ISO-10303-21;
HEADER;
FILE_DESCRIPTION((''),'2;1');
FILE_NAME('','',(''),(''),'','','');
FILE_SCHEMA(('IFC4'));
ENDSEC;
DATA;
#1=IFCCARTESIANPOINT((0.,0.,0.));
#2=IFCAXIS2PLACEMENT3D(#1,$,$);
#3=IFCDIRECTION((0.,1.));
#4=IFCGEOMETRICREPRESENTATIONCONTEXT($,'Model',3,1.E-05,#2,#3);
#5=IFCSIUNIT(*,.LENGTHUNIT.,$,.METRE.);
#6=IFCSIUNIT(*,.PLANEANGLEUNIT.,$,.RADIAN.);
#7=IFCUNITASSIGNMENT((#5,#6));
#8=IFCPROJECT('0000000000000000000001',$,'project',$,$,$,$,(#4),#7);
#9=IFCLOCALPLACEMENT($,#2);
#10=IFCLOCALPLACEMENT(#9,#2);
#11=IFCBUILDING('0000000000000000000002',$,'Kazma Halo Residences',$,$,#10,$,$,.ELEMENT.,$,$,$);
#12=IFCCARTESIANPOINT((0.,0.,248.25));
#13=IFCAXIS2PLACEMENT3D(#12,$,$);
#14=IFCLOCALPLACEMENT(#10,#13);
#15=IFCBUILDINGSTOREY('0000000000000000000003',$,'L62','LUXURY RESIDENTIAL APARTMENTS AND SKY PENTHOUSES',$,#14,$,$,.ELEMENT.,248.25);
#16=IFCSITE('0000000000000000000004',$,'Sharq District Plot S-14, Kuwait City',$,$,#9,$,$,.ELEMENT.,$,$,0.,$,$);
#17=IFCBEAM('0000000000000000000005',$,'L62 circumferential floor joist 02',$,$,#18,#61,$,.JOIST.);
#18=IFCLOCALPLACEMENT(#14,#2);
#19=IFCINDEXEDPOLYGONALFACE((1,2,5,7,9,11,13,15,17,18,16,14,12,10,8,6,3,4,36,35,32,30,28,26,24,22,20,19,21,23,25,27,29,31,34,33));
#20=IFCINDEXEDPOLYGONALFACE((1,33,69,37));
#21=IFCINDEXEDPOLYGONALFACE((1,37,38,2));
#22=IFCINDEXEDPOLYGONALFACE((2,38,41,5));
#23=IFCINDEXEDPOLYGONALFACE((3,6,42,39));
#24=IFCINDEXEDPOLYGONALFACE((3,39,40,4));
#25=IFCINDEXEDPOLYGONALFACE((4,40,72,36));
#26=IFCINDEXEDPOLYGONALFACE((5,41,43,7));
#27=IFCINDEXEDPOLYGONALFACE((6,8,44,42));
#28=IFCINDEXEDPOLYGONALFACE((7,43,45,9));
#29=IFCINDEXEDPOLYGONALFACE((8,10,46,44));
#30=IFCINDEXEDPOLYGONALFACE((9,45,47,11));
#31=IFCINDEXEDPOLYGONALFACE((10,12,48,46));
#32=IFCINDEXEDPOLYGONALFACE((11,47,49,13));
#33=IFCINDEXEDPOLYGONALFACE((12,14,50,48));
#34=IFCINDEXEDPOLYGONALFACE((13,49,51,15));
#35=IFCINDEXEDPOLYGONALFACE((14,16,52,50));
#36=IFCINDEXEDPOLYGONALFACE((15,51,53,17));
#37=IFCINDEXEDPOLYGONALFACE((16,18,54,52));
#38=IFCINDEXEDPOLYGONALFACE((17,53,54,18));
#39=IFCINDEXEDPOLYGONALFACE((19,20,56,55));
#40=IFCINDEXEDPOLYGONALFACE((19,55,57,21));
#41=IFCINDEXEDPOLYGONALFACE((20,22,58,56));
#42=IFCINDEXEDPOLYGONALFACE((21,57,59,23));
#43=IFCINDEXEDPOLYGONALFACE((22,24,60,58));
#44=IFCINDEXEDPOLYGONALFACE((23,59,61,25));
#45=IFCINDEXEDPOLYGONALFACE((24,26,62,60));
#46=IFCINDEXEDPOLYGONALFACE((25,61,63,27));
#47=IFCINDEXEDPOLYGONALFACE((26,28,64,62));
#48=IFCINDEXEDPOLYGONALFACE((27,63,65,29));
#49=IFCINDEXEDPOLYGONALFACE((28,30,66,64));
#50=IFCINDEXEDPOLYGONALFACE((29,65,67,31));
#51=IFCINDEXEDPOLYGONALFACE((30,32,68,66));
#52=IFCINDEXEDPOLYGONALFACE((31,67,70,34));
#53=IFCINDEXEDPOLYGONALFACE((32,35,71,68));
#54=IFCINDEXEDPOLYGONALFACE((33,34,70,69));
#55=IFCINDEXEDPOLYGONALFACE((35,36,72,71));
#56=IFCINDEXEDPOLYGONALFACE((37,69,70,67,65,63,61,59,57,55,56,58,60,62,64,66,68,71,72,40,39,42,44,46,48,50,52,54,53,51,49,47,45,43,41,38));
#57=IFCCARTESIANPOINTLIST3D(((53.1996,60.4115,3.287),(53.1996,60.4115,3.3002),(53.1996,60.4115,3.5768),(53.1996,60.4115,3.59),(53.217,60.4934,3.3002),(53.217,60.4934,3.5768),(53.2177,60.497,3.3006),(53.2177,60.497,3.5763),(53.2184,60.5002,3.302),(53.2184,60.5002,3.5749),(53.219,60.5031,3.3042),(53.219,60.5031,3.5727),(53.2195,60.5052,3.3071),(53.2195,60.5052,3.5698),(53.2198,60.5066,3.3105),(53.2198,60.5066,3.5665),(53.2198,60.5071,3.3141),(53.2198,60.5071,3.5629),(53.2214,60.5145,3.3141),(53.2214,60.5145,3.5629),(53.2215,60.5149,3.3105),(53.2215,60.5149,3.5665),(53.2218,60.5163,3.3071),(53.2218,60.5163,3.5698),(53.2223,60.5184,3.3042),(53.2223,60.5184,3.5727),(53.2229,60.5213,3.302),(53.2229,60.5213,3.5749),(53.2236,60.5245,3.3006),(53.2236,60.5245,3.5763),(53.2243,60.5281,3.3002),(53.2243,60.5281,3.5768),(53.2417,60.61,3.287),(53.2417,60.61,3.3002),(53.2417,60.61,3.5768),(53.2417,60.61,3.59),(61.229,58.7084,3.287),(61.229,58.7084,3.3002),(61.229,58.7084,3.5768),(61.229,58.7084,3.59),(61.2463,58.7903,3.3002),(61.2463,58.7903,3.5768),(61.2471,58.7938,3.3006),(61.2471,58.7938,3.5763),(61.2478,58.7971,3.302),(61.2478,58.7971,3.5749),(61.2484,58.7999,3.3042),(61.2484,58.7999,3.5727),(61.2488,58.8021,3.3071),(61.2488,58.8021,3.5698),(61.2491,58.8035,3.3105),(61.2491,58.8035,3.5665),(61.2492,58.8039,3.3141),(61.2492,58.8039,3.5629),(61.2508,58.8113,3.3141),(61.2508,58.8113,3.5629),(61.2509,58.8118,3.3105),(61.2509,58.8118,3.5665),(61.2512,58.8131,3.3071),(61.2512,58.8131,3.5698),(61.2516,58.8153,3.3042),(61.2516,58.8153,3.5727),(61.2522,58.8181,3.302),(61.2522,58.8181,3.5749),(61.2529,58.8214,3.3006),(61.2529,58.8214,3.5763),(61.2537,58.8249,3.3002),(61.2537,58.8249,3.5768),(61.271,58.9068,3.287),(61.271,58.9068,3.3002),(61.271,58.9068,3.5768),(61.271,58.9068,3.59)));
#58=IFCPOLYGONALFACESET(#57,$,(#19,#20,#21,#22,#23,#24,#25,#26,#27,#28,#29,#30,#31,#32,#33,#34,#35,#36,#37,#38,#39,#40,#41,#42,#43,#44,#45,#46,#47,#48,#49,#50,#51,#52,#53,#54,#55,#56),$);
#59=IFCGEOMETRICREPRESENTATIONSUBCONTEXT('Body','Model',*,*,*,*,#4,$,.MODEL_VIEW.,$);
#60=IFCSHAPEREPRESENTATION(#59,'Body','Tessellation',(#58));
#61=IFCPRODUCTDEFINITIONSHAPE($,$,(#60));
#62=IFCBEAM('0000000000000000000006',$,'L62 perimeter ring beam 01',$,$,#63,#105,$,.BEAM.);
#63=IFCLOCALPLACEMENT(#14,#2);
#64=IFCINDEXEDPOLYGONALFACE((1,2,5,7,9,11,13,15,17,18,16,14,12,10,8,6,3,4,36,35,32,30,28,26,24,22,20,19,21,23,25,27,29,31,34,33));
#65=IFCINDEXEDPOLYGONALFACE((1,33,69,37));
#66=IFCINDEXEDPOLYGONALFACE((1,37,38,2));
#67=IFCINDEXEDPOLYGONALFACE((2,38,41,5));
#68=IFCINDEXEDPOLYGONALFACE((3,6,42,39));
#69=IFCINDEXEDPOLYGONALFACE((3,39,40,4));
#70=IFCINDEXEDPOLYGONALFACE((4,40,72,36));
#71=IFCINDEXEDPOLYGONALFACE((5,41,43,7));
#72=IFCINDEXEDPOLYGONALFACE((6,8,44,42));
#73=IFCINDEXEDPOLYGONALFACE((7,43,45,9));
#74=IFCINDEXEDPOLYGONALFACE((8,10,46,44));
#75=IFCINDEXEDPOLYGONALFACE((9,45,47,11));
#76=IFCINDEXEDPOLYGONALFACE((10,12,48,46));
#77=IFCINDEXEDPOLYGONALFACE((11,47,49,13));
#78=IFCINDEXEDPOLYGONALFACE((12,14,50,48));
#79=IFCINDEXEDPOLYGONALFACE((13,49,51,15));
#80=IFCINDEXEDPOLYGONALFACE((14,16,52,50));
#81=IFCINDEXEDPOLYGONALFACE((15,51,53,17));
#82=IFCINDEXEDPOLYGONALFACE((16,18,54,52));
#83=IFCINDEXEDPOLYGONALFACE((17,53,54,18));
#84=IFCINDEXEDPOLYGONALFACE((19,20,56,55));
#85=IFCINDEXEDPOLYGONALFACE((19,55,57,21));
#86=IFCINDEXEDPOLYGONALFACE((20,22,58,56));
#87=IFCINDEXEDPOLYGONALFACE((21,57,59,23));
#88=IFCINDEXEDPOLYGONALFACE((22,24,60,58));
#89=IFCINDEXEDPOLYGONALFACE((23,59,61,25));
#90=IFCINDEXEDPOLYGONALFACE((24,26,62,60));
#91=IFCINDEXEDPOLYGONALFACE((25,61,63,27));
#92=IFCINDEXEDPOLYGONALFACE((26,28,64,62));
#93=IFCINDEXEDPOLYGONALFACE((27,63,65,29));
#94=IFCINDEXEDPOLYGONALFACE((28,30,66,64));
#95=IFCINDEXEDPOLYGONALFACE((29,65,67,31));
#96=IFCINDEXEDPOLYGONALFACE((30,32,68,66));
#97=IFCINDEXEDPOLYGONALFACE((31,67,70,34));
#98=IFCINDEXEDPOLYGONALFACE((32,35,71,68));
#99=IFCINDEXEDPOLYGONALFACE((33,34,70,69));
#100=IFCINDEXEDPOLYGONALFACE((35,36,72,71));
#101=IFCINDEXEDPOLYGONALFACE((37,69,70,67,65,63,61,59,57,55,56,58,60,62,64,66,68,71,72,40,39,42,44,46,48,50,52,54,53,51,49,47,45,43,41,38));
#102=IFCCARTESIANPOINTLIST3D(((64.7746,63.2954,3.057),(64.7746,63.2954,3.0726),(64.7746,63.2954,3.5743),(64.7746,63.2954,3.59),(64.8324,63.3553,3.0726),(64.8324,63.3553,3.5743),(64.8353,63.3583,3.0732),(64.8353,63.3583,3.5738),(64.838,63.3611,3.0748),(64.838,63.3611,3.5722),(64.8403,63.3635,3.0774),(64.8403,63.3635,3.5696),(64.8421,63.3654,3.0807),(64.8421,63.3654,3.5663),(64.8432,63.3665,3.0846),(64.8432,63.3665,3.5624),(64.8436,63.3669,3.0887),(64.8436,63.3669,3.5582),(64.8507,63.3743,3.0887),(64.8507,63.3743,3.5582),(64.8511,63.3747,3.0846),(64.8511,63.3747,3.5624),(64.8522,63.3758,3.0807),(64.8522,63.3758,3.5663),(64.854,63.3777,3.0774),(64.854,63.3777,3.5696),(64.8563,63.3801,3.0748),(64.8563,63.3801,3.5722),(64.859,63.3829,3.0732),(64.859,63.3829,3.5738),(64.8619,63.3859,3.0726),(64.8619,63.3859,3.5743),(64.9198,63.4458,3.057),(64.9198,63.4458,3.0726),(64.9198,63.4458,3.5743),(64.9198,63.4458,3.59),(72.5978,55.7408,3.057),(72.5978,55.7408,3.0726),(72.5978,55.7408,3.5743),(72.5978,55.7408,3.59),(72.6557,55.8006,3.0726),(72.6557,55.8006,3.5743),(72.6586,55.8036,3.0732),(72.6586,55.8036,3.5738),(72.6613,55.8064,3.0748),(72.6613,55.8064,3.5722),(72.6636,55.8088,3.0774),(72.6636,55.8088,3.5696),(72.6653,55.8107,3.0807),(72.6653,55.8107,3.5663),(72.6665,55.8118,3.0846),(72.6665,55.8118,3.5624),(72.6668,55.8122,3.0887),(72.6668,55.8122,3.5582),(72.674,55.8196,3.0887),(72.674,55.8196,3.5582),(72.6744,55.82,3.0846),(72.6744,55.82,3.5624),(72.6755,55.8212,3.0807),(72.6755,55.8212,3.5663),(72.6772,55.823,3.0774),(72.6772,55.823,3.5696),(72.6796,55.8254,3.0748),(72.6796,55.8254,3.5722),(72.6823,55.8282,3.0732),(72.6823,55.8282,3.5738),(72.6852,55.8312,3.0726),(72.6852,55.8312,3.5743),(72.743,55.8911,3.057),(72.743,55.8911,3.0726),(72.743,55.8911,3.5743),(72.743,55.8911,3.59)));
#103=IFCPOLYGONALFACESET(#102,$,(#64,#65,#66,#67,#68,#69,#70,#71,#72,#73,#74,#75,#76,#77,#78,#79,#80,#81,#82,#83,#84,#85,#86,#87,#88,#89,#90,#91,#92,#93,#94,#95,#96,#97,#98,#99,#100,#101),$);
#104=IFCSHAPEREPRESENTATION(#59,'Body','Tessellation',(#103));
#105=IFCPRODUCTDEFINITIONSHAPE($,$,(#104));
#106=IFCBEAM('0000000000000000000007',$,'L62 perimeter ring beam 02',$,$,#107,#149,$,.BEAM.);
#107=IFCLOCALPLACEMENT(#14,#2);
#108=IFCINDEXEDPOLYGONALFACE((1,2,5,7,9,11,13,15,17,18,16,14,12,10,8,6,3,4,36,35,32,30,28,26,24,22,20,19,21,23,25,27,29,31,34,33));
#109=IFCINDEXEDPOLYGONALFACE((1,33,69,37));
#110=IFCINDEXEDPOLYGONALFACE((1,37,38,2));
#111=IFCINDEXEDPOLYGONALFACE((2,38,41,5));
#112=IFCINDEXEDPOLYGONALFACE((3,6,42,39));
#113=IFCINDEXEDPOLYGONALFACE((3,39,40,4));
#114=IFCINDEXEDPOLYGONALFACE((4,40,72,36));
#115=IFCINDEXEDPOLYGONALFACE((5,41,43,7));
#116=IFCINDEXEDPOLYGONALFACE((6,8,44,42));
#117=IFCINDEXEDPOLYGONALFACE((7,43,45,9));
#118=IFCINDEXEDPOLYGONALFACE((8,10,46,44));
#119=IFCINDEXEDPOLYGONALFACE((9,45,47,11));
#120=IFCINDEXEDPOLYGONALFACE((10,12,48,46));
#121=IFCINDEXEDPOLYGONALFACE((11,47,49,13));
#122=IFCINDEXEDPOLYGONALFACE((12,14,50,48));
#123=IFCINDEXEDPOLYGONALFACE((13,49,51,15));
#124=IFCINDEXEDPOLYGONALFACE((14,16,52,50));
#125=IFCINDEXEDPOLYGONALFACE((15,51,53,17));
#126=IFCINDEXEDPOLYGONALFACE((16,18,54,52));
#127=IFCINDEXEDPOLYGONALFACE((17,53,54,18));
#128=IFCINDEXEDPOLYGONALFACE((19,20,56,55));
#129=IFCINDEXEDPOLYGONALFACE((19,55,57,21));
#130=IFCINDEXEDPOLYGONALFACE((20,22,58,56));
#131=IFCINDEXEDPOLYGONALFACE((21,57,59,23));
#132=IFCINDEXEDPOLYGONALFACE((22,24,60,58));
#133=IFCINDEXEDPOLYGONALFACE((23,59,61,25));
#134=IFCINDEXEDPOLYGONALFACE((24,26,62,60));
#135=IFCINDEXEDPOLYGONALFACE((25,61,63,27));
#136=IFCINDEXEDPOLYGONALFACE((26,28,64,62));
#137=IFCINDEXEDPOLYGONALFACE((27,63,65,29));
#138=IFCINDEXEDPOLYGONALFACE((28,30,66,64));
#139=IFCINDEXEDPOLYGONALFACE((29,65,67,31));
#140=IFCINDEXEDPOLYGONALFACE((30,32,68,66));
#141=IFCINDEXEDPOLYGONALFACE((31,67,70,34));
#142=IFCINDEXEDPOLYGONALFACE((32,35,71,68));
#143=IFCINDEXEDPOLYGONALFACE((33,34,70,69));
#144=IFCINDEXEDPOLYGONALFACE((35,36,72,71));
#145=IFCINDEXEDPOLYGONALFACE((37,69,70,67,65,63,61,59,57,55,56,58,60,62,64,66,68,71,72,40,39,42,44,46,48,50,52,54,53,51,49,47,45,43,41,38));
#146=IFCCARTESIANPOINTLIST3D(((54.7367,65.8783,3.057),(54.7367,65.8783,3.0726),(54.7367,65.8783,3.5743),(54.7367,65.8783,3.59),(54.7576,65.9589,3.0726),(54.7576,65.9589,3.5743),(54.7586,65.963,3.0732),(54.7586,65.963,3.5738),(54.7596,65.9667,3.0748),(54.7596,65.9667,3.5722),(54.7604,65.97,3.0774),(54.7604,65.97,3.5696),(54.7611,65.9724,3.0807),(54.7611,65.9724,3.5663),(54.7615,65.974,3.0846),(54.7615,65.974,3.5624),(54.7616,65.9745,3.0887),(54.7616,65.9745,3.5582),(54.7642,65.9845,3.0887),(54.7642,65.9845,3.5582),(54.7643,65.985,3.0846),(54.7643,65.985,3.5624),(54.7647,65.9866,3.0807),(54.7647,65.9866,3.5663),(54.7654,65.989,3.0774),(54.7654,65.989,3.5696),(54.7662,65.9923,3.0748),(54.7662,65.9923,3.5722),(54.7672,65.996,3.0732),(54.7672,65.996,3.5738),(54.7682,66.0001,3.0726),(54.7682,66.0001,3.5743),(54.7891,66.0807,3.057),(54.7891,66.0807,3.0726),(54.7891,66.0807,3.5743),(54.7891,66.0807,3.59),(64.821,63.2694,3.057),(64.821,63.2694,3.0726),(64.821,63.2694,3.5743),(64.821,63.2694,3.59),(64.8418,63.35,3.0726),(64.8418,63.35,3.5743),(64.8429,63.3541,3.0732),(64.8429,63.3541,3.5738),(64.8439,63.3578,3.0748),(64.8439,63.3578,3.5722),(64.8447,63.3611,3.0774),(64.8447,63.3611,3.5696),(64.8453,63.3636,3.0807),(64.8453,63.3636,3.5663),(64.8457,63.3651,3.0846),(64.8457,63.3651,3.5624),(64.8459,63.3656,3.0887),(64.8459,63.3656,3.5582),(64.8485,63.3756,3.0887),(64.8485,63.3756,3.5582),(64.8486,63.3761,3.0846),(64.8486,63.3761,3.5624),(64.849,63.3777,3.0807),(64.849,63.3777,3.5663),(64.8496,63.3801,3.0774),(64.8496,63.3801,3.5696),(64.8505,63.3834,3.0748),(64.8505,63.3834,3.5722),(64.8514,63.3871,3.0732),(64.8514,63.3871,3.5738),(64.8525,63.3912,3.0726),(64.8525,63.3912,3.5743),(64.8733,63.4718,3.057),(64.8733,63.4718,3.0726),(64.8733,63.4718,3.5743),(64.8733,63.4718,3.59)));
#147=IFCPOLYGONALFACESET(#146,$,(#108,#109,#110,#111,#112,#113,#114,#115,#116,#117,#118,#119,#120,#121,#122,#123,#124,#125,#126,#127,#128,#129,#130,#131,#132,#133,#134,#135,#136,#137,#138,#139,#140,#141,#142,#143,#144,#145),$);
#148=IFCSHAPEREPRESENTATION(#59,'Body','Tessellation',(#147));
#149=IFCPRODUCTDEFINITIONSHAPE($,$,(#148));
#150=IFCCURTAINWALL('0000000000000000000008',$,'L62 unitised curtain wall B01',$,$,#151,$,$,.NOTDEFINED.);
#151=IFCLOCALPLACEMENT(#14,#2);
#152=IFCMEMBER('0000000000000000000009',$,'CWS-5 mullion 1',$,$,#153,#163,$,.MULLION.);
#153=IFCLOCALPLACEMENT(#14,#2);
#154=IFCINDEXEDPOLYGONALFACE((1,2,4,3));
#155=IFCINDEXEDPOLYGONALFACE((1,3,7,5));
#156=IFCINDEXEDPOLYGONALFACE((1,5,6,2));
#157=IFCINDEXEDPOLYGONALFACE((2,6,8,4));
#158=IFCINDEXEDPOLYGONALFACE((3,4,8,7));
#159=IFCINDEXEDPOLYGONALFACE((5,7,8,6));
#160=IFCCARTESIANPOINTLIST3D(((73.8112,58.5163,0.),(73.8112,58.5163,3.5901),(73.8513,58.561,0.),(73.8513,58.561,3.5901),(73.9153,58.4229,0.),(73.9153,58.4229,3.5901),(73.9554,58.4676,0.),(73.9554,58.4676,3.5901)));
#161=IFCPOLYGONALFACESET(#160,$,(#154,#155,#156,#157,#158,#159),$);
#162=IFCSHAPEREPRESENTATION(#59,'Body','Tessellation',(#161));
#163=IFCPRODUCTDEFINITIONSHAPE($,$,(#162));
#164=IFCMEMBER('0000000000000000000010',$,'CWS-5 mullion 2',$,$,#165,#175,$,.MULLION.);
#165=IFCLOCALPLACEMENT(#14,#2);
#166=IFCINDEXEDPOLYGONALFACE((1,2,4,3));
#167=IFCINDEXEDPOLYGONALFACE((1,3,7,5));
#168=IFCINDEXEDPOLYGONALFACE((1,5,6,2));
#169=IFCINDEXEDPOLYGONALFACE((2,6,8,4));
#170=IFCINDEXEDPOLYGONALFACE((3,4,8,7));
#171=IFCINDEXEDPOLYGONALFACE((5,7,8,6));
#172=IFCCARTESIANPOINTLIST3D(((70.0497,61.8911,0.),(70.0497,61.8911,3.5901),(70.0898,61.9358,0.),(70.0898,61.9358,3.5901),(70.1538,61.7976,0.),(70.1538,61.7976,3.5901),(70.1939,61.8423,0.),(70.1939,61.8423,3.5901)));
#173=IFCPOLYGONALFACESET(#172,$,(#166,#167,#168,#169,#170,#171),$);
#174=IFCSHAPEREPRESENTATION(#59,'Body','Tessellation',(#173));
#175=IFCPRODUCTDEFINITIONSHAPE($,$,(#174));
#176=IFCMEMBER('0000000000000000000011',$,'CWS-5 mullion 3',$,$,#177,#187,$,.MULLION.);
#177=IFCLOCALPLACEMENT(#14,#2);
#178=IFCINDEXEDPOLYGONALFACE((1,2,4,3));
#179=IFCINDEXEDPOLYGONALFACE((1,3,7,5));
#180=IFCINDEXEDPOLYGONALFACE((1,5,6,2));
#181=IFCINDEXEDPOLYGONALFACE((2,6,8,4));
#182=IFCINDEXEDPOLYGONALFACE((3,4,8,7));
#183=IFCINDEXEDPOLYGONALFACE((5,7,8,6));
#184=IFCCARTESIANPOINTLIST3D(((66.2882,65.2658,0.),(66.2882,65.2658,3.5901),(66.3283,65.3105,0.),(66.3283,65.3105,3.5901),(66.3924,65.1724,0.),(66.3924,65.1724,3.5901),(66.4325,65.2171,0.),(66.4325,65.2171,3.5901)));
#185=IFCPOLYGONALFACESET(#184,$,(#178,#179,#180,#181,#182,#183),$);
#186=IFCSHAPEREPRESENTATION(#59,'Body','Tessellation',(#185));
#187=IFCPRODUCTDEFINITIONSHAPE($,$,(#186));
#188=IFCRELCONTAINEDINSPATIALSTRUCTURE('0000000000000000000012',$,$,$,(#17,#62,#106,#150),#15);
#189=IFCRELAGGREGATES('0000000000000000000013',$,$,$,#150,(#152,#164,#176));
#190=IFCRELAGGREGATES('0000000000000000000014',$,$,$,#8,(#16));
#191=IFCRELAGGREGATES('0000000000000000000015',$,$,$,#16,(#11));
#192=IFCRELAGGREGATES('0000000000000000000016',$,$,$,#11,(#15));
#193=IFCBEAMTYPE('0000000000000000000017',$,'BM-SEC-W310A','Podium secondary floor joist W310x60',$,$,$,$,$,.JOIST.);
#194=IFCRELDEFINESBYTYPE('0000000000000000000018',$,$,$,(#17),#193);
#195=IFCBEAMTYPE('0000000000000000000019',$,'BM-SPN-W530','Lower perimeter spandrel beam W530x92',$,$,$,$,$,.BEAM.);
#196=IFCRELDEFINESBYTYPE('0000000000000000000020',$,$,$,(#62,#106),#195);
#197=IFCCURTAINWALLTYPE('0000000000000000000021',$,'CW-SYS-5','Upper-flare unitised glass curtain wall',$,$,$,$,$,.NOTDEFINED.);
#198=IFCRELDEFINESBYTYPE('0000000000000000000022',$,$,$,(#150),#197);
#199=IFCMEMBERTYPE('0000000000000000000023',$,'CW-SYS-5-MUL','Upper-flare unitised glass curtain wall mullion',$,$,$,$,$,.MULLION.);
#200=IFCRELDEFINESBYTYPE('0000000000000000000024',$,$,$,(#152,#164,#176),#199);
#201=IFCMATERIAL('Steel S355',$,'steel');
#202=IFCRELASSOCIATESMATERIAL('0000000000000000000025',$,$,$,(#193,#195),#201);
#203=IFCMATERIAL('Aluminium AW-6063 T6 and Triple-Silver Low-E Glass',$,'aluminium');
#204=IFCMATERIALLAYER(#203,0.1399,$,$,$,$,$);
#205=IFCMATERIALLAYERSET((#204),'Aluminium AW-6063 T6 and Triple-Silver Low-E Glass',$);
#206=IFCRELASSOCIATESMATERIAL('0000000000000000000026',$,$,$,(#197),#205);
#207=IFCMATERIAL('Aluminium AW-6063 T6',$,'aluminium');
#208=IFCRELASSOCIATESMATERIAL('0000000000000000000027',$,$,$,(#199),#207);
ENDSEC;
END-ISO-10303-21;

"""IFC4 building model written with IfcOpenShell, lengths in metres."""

from ifc_helpers import new_model, si_unit, direction, frame, origin, origin_2d, place, context, subcontext, project, spatial, rectangle, i_section, extrude, material, layer, layer_set, material_profile, profile_set, type_object, element, aggregate, save


model = new_model("IFC4")

# Units and contexts
model_context = context("Model", 3, precision=1e-05, world=origin(), true_north=direction((0.0, 1.0)))
body_context = subcontext(model_context, "Body", "Model", "MODEL_VIEW")
ifc_project = project(units=[si_unit("LENGTHUNIT", "METRE"), si_unit("PLANEANGLEUNIT", "RADIAN")], contexts=[model_context])

# Site, building, storey
site_placement = place(None, origin())
site = spatial("IfcSite", under=ifc_project, at=site_placement, Name="Sharq District Plot S-14, Kuwait City", CompositionType="ELEMENT", RefElevation=0.0)
building_placement = place(site_placement, origin())
building = spatial("IfcBuilding", under=site, at=building_placement, Name="Kazma Halo Residences", CompositionType="ELEMENT")
storey_placement = place(building_placement, frame((0.0, 0.0, 248.25)))
storey = spatial("IfcBuildingStorey", under=building, at=storey_placement, Name="L62", Description="LUXURY RESIDENTIAL APARTMENTS AND SKY PENTHOUSES", CompositionType="ELEMENT", Elevation=248.25)

# Beams
ifc_material_1 = material(Name="Steel S355", Category="steel")
ifc_material_profile_1 = material_profile(ifc_material_1, i_section(OverallWidth=0.2029, OverallDepth=0.303, WebThickness=0.0076, FlangeThickness=0.0132, FilletRadius=0.0139, at=origin_2d()), Name="W310x60")
ifc_profile_set_1 = profile_set([ifc_material_profile_1], Name="Steel S355")
beam_type_1 = type_object("IfcBeamType", Name="BM-SEC-W310A", Description="Podium secondary floor joist W310x60", PredefinedType="JOIST", material=ifc_profile_set_1)
beam_1_placement = place(storey_placement, frame((61.25, 58.8076, 3.4385), z_axis=(-0.978236, 0.207497, 0.0), x_axis=(-0.207497, -0.978236, 0.0)))
element("IfcBeam", 1, at=beam_1_placement, inside=storey, type_object=beam_type_1, Name="L62 circumferential floor joist 02", PredefinedType="JOIST", context=body_context, shape_type="SweptSolid", body=[
    extrude(i_section(OverallWidth=0.2029, OverallDepth=0.303, WebThickness=0.0076, FlangeThickness=0.0132, FilletRadius=0.0139, at=origin_2d()), origin(), (0.0, 0.0, 1.0), 8.208),
])
ifc_material_profile_2 = material_profile(ifc_material_1, i_section(OverallWidth=0.209, OverallDepth=0.533, WebThickness=0.0103, FlangeThickness=0.0156, FilletRadius=0.0161, at=origin_2d()), Name="W530x92")
ifc_profile_set_2 = profile_set([ifc_material_profile_2], Name="Steel S355")
beam_type_2 = type_object("IfcBeamType", Name="BM-SPN-W530", Description="Lower perimeter spandrel beam W530x92", PredefinedType="BEAM", material=ifc_profile_set_2)
beam_2_placement = place(storey_placement, frame((72.6704, 55.8159, 3.3235), z_axis=(-0.719346, 0.694652, 0.0), x_axis=(-0.694652, -0.719346, 0.0)))
element("IfcBeam", 2, at=beam_2_placement, inside=storey, type_object=beam_type_2, Name="L62 perimeter ring beam 01", PredefinedType="BEAM", context=body_context, shape_type="SweptSolid", body=[
    extrude(i_section(OverallWidth=0.209, OverallDepth=0.533, WebThickness=0.0103, FlangeThickness=0.0156, FilletRadius=0.0161, at=origin_2d()), origin(), (0.0, 0.0, 1.0), 10.8755),
])
beam_3_placement = place(storey_placement, frame((64.8472, 63.3706, 3.3235), z_axis=(-0.968126, 0.250464, 0.0), x_axis=(-0.250464, -0.968126, 0.0)))
element("IfcBeam", 3, at=beam_3_placement, inside=storey, type_object=beam_type_2, Name="L62 perimeter ring beam 02", PredefinedType="BEAM", context=body_context, shape_type="SweptSolid", body=[
    extrude(i_section(OverallWidth=0.209, OverallDepth=0.533, WebThickness=0.0103, FlangeThickness=0.0156, FilletRadius=0.0161, at=origin_2d()), origin(), (0.0, 0.0, 1.0), 10.4163),
])

# Curtain wall, members
ifc_material_2 = material(Name="Aluminium AW-6063 T6 and Triple-Silver Low-E Glass", Category="aluminium")
ifc_layer_1 = layer(ifc_material_2, 0.1399)
ifc_layer_set_1 = layer_set([ifc_layer_1], Name="Aluminium AW-6063 T6 and Triple-Silver Low-E Glass")
curtain_wall_type = type_object("IfcCurtainWallType", Name="CW-SYS-5", Description="Upper-flare unitised glass curtain wall", PredefinedType="NOTDEFINED", material=ifc_layer_set_1)
curtain_wall_1_placement = place(storey_placement, origin())
curtain_wall_1 = element("IfcCurtainWall", 4, at=curtain_wall_1_placement, inside=storey, type_object=curtain_wall_type, Name="L62 unitised curtain wall B01", PredefinedType="NOTDEFINED")
ifc_material_3 = material(Name="Aluminium AW-6063 T6", Category="aluminium")
ifc_material_profile_3 = material_profile(ifc_material_3, rectangle(XDim=0.0601, YDim=0.1399, at=origin_2d()), Name="CWM-60x140")
ifc_profile_set_3 = profile_set([ifc_material_profile_3], Name="Aluminium AW-6063 T6")
member_type_1 = type_object("IfcMemberType", Name="CW-SYS-5-MUL", Description="Upper-flare unitised glass curtain wall mullion", PredefinedType="MULLION", material=ifc_profile_set_3)
member_1_placement = place(storey_placement, frame((73.8833, 58.4919, 0.0), z_axis=(0.0, 0.0, 1.0), x_axis=(-0.667805, -0.744336, 0.0)))
member_1 = element("IfcMember", 5, at=member_1_placement, type_object=member_type_1, Name="CWS-5 mullion 1", PredefinedType="MULLION", context=body_context, shape_type="SweptSolid", body=[
    extrude(rectangle(XDim=0.0601, YDim=0.1399, at=origin_2d()), origin(), (0.0, 0.0, 1.0), 3.5901),
])
member_2_placement = place(storey_placement, frame((70.1218, 61.8667, 0.0), z_axis=(0.0, 0.0, 1.0), x_axis=(-0.667805, -0.744336, 0.0)))
member_2 = element("IfcMember", 6, at=member_2_placement, type_object=member_type_1, Name="CWS-5 mullion 2", PredefinedType="MULLION", context=body_context, shape_type="SweptSolid", body=[
    extrude(rectangle(XDim=0.0601, YDim=0.1399, at=origin_2d()), origin(), (0.0, 0.0, 1.0), 3.5901),
])
member_3_placement = place(storey_placement, frame((66.3604, 65.2415, 0.0), z_axis=(0.0, 0.0, 1.0), x_axis=(-0.667805, -0.744336, 0.0)))
member_3 = element("IfcMember", 7, at=member_3_placement, type_object=member_type_1, Name="CWS-5 mullion 3", PredefinedType="MULLION", context=body_context, shape_type="SweptSolid", body=[
    extrude(rectangle(XDim=0.0601, YDim=0.1399, at=origin_2d()), origin(), (0.0, 0.0, 1.0), 3.5901),
])

aggregate(curtain_wall_1, [member_1, member_2, member_3])

save(model, "model.ifc")
